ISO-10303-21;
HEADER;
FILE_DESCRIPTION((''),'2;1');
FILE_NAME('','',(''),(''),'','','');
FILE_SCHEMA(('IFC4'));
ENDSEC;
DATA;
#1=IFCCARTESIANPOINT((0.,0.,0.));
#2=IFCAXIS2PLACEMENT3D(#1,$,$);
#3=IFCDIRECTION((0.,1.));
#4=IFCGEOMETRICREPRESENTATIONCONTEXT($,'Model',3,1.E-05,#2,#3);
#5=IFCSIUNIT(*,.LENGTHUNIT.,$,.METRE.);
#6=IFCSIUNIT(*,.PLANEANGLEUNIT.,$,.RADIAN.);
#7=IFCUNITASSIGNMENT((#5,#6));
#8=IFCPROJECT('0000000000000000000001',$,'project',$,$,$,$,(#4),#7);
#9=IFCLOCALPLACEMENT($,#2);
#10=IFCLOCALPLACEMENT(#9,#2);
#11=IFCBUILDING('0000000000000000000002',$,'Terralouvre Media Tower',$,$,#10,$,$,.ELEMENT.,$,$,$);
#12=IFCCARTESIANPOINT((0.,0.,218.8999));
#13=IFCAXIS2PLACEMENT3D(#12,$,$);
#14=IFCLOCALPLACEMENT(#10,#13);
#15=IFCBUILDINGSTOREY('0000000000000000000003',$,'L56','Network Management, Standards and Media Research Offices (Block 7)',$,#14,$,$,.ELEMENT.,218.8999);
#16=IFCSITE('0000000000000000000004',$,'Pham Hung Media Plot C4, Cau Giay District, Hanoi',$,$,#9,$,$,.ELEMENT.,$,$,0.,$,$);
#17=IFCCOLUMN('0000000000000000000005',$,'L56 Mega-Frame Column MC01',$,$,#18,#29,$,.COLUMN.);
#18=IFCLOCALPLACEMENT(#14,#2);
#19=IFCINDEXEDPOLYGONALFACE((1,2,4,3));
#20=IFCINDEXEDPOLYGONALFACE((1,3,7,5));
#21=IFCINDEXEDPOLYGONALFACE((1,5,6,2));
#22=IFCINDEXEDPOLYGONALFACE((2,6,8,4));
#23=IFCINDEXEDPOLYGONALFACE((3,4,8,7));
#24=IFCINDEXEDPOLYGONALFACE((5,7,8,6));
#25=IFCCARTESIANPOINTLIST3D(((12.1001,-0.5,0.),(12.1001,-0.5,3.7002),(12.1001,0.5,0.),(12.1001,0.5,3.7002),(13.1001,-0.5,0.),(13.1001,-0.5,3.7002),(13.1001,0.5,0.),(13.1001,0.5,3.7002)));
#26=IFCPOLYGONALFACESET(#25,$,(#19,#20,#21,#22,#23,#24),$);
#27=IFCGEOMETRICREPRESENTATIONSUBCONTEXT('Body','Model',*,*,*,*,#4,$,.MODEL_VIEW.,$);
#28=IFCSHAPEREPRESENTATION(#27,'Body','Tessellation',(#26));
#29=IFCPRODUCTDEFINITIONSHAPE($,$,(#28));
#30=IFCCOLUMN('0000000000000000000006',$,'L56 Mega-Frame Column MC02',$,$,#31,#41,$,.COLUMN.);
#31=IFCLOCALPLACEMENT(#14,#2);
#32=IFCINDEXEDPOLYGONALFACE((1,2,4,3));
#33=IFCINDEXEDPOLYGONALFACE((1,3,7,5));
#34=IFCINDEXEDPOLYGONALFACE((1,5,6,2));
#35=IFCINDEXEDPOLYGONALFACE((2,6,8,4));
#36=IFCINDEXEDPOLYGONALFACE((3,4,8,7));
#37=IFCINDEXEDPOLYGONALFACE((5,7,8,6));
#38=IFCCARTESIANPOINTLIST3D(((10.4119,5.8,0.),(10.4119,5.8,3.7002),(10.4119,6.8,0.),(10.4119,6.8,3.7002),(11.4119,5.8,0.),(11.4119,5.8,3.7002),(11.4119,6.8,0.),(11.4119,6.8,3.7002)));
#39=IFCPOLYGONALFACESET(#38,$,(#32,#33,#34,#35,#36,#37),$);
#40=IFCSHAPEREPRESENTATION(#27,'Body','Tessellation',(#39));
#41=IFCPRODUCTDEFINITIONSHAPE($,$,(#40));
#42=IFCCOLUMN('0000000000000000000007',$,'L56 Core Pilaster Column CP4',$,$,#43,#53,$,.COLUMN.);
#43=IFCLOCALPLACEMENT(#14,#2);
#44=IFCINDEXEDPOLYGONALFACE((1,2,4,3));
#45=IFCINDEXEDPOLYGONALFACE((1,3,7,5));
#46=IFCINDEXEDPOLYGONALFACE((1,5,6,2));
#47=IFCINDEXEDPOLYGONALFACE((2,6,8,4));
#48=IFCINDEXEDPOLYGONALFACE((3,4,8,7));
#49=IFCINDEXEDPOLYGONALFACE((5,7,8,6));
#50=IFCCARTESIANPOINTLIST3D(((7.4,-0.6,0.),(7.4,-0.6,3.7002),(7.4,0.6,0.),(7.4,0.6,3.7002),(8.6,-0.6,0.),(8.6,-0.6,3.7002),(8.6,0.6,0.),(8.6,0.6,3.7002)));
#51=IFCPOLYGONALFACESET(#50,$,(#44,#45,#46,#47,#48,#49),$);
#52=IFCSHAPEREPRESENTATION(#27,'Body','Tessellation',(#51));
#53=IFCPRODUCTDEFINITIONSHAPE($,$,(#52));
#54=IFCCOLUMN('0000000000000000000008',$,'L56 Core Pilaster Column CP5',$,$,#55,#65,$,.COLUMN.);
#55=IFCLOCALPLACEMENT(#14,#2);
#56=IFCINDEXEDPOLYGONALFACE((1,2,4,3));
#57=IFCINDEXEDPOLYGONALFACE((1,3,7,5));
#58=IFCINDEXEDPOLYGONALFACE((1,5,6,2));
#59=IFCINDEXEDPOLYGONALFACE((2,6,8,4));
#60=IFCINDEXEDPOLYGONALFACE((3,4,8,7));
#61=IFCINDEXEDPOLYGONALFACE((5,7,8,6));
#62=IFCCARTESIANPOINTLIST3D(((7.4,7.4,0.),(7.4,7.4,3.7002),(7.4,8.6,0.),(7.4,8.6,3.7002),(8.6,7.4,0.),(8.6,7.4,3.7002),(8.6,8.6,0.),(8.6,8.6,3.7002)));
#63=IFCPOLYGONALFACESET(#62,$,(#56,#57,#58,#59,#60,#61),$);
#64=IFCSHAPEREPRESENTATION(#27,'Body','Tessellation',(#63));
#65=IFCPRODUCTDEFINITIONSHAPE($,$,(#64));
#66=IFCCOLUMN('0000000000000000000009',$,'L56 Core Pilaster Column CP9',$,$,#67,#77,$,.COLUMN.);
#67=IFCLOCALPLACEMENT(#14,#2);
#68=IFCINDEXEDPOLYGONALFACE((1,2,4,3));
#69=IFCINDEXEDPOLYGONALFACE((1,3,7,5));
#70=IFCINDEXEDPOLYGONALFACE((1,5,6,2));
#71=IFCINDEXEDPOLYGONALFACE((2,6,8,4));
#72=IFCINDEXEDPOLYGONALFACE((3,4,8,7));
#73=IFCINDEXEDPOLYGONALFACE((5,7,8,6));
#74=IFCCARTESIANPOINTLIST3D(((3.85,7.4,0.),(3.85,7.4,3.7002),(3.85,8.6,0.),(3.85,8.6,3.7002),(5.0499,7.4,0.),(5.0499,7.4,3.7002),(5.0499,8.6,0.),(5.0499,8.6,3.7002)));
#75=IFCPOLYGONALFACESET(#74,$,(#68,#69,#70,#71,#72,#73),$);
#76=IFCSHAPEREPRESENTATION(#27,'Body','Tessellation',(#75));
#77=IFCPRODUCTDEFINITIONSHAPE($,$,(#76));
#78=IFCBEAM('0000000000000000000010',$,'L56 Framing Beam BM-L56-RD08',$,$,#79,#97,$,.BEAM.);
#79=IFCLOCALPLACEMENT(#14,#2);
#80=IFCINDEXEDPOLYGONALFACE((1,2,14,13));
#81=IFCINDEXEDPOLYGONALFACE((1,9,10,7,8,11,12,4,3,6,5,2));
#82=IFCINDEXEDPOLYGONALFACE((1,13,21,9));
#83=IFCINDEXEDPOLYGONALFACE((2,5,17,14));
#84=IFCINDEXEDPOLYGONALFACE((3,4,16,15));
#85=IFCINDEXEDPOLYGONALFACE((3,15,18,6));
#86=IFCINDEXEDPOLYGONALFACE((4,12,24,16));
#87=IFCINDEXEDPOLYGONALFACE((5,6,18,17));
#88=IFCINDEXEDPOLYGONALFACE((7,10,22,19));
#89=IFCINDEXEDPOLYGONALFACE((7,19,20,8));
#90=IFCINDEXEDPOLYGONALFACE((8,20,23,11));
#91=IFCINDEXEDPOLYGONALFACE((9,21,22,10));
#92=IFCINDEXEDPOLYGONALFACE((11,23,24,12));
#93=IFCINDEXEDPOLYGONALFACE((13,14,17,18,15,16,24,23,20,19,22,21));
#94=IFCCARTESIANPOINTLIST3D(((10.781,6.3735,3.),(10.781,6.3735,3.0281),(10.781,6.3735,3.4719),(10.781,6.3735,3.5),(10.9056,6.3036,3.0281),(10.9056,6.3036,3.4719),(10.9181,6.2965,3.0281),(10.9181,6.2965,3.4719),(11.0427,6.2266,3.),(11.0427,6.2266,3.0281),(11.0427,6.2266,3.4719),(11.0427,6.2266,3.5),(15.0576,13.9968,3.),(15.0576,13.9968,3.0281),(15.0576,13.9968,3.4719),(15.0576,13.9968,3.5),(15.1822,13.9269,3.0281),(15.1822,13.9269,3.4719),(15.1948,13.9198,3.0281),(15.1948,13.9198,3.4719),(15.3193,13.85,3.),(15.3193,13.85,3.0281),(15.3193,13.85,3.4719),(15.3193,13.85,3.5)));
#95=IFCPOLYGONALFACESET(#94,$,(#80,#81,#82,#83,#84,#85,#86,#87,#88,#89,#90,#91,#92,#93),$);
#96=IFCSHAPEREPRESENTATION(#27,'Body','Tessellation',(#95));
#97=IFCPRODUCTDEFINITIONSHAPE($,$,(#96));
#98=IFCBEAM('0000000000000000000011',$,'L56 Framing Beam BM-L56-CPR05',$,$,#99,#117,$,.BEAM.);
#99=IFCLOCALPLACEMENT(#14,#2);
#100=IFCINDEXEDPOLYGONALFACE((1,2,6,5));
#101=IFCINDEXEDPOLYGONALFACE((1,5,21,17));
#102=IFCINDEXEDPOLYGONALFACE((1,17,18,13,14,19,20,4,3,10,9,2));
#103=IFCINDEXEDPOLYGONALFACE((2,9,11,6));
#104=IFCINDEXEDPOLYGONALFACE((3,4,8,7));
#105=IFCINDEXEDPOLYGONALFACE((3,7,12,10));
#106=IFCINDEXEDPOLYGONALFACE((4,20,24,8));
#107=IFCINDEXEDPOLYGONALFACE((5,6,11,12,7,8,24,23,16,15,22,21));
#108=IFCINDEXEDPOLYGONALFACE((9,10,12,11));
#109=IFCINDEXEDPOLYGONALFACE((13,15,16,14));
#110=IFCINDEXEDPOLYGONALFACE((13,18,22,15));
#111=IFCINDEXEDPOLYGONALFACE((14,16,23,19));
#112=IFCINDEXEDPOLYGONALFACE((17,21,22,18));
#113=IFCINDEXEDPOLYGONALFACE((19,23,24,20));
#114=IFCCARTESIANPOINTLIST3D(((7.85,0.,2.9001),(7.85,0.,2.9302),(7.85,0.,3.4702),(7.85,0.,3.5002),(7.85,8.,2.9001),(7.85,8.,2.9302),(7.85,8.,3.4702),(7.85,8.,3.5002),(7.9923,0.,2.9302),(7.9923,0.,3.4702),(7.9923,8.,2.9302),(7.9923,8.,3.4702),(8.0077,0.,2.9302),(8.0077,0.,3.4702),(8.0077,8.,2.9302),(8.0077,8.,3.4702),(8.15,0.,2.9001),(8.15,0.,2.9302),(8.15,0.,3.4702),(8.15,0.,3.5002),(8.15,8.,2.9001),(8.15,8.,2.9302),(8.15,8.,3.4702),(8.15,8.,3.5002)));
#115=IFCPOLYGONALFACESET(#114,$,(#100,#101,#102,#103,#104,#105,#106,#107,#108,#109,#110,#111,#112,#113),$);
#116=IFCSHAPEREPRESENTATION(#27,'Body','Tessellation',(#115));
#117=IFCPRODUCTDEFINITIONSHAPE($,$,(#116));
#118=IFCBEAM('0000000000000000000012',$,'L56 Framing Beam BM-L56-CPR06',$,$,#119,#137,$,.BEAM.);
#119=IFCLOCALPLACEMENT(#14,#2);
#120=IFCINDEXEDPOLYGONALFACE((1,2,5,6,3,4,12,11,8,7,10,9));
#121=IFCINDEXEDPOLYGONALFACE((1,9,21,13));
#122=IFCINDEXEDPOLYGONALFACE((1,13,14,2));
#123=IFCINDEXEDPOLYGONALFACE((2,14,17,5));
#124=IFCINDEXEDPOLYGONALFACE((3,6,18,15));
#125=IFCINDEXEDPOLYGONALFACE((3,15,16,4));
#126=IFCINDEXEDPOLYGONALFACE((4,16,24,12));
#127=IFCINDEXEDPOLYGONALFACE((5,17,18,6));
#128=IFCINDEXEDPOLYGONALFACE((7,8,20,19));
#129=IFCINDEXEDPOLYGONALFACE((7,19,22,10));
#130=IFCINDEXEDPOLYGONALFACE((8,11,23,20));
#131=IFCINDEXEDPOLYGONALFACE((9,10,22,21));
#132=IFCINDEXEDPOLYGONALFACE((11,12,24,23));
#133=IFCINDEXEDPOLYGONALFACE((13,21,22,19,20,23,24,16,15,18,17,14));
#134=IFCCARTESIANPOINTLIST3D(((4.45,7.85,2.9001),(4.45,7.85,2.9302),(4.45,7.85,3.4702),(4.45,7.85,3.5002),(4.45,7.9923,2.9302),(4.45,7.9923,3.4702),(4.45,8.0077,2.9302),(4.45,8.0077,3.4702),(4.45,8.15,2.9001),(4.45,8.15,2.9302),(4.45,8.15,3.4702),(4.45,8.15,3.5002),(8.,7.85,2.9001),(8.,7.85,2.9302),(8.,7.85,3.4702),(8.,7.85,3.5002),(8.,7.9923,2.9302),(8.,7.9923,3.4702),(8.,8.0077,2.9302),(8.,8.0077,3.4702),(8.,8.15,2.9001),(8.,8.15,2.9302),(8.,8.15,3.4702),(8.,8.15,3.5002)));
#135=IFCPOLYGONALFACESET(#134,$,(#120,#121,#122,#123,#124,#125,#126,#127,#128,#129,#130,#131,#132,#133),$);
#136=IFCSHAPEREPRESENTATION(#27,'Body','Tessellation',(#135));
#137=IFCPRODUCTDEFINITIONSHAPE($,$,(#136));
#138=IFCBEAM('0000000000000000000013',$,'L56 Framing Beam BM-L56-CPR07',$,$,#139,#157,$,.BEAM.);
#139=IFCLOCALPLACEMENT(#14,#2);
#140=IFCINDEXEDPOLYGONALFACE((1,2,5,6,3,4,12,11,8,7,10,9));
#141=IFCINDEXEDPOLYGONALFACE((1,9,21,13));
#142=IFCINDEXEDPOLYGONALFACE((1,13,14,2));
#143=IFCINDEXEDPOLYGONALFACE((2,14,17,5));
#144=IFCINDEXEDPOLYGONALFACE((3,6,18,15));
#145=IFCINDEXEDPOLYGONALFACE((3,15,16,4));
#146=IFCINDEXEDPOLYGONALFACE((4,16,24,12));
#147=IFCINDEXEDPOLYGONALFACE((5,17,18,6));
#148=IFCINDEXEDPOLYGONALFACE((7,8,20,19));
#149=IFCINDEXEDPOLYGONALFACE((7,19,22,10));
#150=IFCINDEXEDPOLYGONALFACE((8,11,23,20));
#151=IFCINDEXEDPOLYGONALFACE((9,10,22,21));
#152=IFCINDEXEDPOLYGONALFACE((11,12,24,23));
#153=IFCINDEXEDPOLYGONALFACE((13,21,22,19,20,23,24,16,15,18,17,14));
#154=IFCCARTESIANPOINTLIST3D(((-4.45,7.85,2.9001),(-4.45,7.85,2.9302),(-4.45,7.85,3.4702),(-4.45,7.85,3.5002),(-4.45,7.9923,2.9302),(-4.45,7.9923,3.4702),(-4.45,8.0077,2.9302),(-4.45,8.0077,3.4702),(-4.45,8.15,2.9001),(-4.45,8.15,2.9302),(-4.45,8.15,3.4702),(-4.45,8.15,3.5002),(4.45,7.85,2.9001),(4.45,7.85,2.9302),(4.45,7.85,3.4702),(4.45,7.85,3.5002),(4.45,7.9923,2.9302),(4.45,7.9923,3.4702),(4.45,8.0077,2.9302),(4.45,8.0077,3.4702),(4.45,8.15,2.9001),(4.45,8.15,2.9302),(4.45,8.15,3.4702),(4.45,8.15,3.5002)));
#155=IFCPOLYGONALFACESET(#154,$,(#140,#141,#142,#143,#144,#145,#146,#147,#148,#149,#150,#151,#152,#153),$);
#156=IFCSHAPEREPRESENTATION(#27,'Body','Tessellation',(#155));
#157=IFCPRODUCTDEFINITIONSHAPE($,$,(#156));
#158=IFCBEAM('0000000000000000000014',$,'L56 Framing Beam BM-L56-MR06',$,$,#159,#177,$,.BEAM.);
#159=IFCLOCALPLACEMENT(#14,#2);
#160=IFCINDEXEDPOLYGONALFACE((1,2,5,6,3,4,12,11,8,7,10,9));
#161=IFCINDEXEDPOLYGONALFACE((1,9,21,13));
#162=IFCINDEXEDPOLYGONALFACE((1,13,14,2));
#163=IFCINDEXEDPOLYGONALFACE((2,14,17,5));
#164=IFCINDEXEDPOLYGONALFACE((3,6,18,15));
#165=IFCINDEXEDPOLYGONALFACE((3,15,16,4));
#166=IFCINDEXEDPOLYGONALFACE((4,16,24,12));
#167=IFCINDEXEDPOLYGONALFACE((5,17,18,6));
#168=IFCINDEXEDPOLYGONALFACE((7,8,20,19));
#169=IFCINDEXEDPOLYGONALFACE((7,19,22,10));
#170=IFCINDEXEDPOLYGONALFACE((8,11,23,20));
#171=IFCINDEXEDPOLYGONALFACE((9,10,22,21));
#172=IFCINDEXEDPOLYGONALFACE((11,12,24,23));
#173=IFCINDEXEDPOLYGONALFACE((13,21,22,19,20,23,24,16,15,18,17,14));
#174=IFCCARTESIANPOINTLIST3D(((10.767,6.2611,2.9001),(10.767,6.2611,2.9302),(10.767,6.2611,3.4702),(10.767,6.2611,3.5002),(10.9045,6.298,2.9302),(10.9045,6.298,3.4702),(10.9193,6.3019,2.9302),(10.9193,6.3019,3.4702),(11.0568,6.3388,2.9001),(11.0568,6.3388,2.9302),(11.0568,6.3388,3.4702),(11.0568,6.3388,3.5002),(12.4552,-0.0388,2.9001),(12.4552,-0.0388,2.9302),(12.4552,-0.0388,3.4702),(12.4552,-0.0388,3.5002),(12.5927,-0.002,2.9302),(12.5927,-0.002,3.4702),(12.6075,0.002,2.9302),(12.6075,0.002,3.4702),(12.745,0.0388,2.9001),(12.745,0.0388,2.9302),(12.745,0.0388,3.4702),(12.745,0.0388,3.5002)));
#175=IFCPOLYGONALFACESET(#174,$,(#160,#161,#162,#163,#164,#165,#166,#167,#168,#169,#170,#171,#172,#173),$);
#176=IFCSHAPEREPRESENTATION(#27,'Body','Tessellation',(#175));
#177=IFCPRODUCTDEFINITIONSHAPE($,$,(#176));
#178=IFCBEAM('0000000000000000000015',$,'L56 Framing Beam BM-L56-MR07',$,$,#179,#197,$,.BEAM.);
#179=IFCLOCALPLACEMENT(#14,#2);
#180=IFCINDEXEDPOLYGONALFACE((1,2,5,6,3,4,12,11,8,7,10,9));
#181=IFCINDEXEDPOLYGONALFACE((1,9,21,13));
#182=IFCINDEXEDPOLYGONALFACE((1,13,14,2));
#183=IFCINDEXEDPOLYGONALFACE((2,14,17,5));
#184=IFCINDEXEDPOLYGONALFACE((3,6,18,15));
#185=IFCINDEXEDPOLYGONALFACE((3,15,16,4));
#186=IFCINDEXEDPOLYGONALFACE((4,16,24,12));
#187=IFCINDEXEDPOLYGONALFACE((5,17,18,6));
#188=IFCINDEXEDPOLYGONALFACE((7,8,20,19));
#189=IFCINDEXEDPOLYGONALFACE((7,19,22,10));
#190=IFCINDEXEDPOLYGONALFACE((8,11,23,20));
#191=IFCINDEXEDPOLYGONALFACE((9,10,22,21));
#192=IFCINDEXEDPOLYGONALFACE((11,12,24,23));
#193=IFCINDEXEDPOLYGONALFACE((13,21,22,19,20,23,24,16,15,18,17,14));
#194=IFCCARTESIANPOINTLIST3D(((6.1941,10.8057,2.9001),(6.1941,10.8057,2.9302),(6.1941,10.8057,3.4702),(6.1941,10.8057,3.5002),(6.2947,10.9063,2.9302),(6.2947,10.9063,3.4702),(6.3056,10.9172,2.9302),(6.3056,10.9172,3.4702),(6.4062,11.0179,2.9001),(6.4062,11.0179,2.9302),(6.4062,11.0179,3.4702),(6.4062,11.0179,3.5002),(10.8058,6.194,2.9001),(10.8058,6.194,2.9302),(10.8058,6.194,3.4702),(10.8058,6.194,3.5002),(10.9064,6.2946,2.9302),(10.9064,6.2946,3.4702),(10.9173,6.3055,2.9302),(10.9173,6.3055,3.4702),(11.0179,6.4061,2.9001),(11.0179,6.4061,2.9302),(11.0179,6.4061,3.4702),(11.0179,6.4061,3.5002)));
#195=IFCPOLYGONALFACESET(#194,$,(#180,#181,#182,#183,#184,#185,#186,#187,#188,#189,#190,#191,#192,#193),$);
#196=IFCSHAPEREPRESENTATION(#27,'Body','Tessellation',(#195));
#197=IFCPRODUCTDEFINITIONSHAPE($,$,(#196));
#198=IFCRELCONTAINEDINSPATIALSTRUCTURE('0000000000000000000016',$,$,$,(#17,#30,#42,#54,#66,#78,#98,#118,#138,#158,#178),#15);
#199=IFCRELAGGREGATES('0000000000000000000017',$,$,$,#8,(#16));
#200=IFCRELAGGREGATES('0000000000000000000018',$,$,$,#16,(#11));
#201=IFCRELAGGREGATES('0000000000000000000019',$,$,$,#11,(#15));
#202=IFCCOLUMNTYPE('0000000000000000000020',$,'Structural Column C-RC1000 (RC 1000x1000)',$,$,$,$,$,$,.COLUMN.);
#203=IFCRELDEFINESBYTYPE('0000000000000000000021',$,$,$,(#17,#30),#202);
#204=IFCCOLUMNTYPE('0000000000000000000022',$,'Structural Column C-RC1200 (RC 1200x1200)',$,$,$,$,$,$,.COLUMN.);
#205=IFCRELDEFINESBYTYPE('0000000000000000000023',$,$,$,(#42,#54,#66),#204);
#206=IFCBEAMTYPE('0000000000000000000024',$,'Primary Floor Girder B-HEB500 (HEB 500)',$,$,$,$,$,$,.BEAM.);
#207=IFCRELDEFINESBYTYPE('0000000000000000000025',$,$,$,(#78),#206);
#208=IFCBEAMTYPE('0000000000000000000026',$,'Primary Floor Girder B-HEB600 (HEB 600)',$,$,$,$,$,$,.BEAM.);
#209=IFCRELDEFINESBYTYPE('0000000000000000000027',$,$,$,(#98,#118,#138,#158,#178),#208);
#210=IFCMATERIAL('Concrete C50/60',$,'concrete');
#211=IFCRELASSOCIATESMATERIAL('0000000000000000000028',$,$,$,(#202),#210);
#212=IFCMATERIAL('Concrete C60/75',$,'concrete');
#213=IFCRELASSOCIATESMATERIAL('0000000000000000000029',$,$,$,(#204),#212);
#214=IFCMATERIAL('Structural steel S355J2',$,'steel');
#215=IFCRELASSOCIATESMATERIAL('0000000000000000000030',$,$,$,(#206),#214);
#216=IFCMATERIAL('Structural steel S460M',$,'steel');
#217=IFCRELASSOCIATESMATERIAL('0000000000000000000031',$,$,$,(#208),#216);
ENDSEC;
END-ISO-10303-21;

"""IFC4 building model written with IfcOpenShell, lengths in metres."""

from ifc_helpers import new_model, si_unit, direction, frame, origin, origin_2d, place, context, subcontext, project, spatial, rectangle, i_section, extrude, material, material_profile, profile_set, type_object, element, save


model = new_model("IFC4")

# Units and contexts
model_context = context("Model", 3, precision=1e-05, world=origin(), true_north=direction((0.0, 1.0)))
body_context = subcontext(model_context, "Body", "Model", "MODEL_VIEW")
ifc_project = project(units=[si_unit("LENGTHUNIT", "METRE"), si_unit("PLANEANGLEUNIT", "RADIAN")], contexts=[model_context])

# Site, building, storey
site_placement = place(None, origin())
site = spatial("IfcSite", under=ifc_project, at=site_placement, Name="Pham Hung Media Plot C4, Cau Giay District, Hanoi", CompositionType="ELEMENT", RefElevation=0.0)
building_placement = place(site_placement, origin())
building = spatial("IfcBuilding", under=site, at=building_placement, Name="Terralouvre Media Tower", CompositionType="ELEMENT")
storey_placement = place(building_placement, frame((0.0, 0.0, 218.8999)))
storey = spatial("IfcBuildingStorey", under=building, at=storey_placement, Name="L56", Description="Network Management, Standards and Media Research Offices (Block 7)", CompositionType="ELEMENT", Elevation=218.8999)

# Columns
ifc_material_1 = material(Name="Concrete C50/60", Category="concrete")
ifc_material_profile_1 = material_profile(ifc_material_1, rectangle(XDim=1.0, YDim=1.0, at=origin_2d()), Name="RC 1000x1000")
ifc_profile_set_1 = profile_set([ifc_material_profile_1], Name="Concrete C50/60")
column_type_1 = type_object("IfcColumnType", Name="Structural Column C-RC1000 (RC 1000x1000)", PredefinedType="COLUMN", material=ifc_profile_set_1)
for number, where, z_axis, x_axis, name in (
    (1, (12.6001, 0.0, 0.0), (0.0, 0.0, 1.0), (1.0, 0.0, 0.0), "L56 Mega-Frame Column MC01"),
    (2, (10.9119, 6.3, 0.0), (0.0, 0.0, 1.0), (1.0, 0.0, 0.0), "L56 Mega-Frame Column MC02"),
):
    element("IfcColumn", number, at=place(storey_placement, frame(where, z_axis=z_axis, x_axis=x_axis)), inside=storey, type_object=column_type_1, Name=name, PredefinedType="COLUMN", context=body_context, shape_type="SweptSolid", body=[
        extrude(rectangle(XDim=1.0, YDim=1.0, at=origin_2d()), origin(), (0.0, 0.0, 1.0), 3.7002),
    ])
ifc_material_2 = material(Name="Concrete C60/75", Category="concrete")
ifc_material_profile_2 = material_profile(ifc_material_2, rectangle(XDim=1.2, YDim=1.2, at=origin_2d()), Name="RC 1200x1200")
ifc_profile_set_2 = profile_set([ifc_material_profile_2], Name="Concrete C60/75")
column_type_2 = type_object("IfcColumnType", Name="Structural Column C-RC1200 (RC 1200x1200)", PredefinedType="COLUMN", material=ifc_profile_set_2)
for number, where, z_axis, x_axis, name in (
    (3, (8.0, 0.0, 0.0), (0.0, 0.0, 1.0), (1.0, 0.0, 0.0), "L56 Core Pilaster Column CP4"),
    (4, (8.0, 8.0, 0.0), (0.0, 0.0, 1.0), (1.0, 0.0, 0.0), "L56 Core Pilaster Column CP5"),
    (5, (4.45, 8.0, 0.0), (0.0, 0.0, 1.0), (1.0, 0.0, 0.0), "L56 Core Pilaster Column CP9"),
):
    element("IfcColumn", number, at=place(storey_placement, frame(where, z_axis=z_axis, x_axis=x_axis)), inside=storey, type_object=column_type_2, Name=name, PredefinedType="COLUMN", context=body_context, shape_type="SweptSolid", body=[
        extrude(rectangle(XDim=1.2, YDim=1.2, at=origin_2d()), origin(), (0.0, 0.0, 1.0), 3.7002),
    ])

# Beams
ifc_material_3 = material(Name="Structural steel S355J2", Category="steel")
ifc_material_profile_3 = material_profile(ifc_material_3, i_section(OverallWidth=0.3, OverallDepth=0.5, WebThickness=0.0144, FlangeThickness=0.0281, at=origin_2d()), Name="HEB 500")
ifc_profile_set_3 = profile_set([ifc_material_profile_3], Name="Structural steel S355J2")
beam_type_1 = type_object("IfcBeamType", Name="Primary Floor Girder B-HEB500 (HEB 500)", PredefinedType="BEAM", material=ifc_profile_set_3)
beam_1_placement = place(storey_placement, frame((10.9119, 6.3, 3.25), z_axis=(0.489262, 0.872137, 0.0), x_axis=(-0.872137, 0.489262, 0.0)))
element("IfcBeam", 6, at=beam_1_placement, inside=storey, type_object=beam_type_1, Name="L56 Framing Beam BM-L56-RD08", PredefinedType="BEAM", context=body_context, shape_type="SweptSolid", body=[
    extrude(i_section(OverallWidth=0.3, OverallDepth=0.5, WebThickness=0.0144, FlangeThickness=0.0281, at=origin_2d()), origin(), (0.0, 0.0, 1.0), 8.741),
])
ifc_material_4 = material(Name="Structural steel S460M", Category="steel")
ifc_material_profile_4 = material_profile(ifc_material_4, i_section(OverallWidth=0.3, OverallDepth=0.6001, WebThickness=0.0154, FlangeThickness=0.03, at=origin_2d()), Name="HEB 600")
ifc_profile_set_4 = profile_set([ifc_material_profile_4], Name="Structural steel S460M")
beam_type_2 = type_object("IfcBeamType", Name="Primary Floor Girder B-HEB600 (HEB 600)", PredefinedType="BEAM", material=ifc_profile_set_4)
beam_2_placement = place(storey_placement, frame((8.0, 0.0, 3.2002), z_axis=(0.0, 1.0, 0.0), x_axis=(-1.0, 0.0, 0.0)))
element("IfcBeam", 7, at=beam_2_placement, inside=storey, type_object=beam_type_2, Name="L56 Framing Beam BM-L56-CPR05", PredefinedType="BEAM", context=body_context, shape_type="SweptSolid", body=[
    extrude(i_section(OverallWidth=0.3, OverallDepth=0.6001, WebThickness=0.0154, FlangeThickness=0.03, at=origin_2d()), origin(), (0.0, 0.0, 1.0), 8.0),
])
beam_3_placement = place(storey_placement, frame((8.0, 8.0, 3.2002), z_axis=(-1.0, 0.0, 0.0), x_axis=(0.0, -1.0, 0.0)))
element("IfcBeam", 8, at=beam_3_placement, inside=storey, type_object=beam_type_2, Name="L56 Framing Beam BM-L56-CPR06", PredefinedType="BEAM", context=body_context, shape_type="SweptSolid", body=[
    extrude(i_section(OverallWidth=0.3, OverallDepth=0.6001, WebThickness=0.0154, FlangeThickness=0.03, at=origin_2d()), origin(), (0.0, 0.0, 1.0), 3.55),
])
beam_4_placement = place(storey_placement, frame((4.45, 8.0, 3.2002), z_axis=(-1.0, 0.0, 0.0), x_axis=(0.0, -1.0, 0.0)))
element("IfcBeam", 9, at=beam_4_placement, inside=storey, type_object=beam_type_2, Name="L56 Framing Beam BM-L56-CPR07", PredefinedType="BEAM", context=body_context, shape_type="SweptSolid", body=[
    extrude(i_section(OverallWidth=0.3, OverallDepth=0.6001, WebThickness=0.0154, FlangeThickness=0.03, at=origin_2d()), origin(), (0.0, 0.0, 1.0), 8.8999),
])
beam_5_placement = place(storey_placement, frame((12.6001, 0.0, 3.2002), z_axis=(-0.258839, 0.96592, 0.0), x_axis=(-0.96592, -0.258839, 0.0)))
element("IfcBeam", 10, at=beam_5_placement, inside=storey, type_object=beam_type_2, Name="L56 Framing Beam BM-L56-MR06", PredefinedType="BEAM", context=body_context, shape_type="SweptSolid", body=[
    extrude(i_section(OverallWidth=0.3, OverallDepth=0.6001, WebThickness=0.0154, FlangeThickness=0.03, at=origin_2d()), origin(), (0.0, 0.0, 1.0), 6.5222),
])
beam_6_placement = place(storey_placement, frame((10.9119, 6.3, 3.2002), z_axis=(-0.707107, 0.707107, 0.0), x_axis=(-0.707107, -0.707107, 0.0)))
element("IfcBeam", 11, at=beam_6_placement, inside=storey, type_object=beam_type_2, Name="L56 Framing Beam BM-L56-MR07", PredefinedType="BEAM", context=body_context, shape_type="SweptSolid", body=[
    extrude(i_section(OverallWidth=0.3, OverallDepth=0.6001, WebThickness=0.0154, FlangeThickness=0.03, at=origin_2d()), origin(), (0.0, 0.0, 1.0), 6.522),
])

save(model, "model.ifc")
